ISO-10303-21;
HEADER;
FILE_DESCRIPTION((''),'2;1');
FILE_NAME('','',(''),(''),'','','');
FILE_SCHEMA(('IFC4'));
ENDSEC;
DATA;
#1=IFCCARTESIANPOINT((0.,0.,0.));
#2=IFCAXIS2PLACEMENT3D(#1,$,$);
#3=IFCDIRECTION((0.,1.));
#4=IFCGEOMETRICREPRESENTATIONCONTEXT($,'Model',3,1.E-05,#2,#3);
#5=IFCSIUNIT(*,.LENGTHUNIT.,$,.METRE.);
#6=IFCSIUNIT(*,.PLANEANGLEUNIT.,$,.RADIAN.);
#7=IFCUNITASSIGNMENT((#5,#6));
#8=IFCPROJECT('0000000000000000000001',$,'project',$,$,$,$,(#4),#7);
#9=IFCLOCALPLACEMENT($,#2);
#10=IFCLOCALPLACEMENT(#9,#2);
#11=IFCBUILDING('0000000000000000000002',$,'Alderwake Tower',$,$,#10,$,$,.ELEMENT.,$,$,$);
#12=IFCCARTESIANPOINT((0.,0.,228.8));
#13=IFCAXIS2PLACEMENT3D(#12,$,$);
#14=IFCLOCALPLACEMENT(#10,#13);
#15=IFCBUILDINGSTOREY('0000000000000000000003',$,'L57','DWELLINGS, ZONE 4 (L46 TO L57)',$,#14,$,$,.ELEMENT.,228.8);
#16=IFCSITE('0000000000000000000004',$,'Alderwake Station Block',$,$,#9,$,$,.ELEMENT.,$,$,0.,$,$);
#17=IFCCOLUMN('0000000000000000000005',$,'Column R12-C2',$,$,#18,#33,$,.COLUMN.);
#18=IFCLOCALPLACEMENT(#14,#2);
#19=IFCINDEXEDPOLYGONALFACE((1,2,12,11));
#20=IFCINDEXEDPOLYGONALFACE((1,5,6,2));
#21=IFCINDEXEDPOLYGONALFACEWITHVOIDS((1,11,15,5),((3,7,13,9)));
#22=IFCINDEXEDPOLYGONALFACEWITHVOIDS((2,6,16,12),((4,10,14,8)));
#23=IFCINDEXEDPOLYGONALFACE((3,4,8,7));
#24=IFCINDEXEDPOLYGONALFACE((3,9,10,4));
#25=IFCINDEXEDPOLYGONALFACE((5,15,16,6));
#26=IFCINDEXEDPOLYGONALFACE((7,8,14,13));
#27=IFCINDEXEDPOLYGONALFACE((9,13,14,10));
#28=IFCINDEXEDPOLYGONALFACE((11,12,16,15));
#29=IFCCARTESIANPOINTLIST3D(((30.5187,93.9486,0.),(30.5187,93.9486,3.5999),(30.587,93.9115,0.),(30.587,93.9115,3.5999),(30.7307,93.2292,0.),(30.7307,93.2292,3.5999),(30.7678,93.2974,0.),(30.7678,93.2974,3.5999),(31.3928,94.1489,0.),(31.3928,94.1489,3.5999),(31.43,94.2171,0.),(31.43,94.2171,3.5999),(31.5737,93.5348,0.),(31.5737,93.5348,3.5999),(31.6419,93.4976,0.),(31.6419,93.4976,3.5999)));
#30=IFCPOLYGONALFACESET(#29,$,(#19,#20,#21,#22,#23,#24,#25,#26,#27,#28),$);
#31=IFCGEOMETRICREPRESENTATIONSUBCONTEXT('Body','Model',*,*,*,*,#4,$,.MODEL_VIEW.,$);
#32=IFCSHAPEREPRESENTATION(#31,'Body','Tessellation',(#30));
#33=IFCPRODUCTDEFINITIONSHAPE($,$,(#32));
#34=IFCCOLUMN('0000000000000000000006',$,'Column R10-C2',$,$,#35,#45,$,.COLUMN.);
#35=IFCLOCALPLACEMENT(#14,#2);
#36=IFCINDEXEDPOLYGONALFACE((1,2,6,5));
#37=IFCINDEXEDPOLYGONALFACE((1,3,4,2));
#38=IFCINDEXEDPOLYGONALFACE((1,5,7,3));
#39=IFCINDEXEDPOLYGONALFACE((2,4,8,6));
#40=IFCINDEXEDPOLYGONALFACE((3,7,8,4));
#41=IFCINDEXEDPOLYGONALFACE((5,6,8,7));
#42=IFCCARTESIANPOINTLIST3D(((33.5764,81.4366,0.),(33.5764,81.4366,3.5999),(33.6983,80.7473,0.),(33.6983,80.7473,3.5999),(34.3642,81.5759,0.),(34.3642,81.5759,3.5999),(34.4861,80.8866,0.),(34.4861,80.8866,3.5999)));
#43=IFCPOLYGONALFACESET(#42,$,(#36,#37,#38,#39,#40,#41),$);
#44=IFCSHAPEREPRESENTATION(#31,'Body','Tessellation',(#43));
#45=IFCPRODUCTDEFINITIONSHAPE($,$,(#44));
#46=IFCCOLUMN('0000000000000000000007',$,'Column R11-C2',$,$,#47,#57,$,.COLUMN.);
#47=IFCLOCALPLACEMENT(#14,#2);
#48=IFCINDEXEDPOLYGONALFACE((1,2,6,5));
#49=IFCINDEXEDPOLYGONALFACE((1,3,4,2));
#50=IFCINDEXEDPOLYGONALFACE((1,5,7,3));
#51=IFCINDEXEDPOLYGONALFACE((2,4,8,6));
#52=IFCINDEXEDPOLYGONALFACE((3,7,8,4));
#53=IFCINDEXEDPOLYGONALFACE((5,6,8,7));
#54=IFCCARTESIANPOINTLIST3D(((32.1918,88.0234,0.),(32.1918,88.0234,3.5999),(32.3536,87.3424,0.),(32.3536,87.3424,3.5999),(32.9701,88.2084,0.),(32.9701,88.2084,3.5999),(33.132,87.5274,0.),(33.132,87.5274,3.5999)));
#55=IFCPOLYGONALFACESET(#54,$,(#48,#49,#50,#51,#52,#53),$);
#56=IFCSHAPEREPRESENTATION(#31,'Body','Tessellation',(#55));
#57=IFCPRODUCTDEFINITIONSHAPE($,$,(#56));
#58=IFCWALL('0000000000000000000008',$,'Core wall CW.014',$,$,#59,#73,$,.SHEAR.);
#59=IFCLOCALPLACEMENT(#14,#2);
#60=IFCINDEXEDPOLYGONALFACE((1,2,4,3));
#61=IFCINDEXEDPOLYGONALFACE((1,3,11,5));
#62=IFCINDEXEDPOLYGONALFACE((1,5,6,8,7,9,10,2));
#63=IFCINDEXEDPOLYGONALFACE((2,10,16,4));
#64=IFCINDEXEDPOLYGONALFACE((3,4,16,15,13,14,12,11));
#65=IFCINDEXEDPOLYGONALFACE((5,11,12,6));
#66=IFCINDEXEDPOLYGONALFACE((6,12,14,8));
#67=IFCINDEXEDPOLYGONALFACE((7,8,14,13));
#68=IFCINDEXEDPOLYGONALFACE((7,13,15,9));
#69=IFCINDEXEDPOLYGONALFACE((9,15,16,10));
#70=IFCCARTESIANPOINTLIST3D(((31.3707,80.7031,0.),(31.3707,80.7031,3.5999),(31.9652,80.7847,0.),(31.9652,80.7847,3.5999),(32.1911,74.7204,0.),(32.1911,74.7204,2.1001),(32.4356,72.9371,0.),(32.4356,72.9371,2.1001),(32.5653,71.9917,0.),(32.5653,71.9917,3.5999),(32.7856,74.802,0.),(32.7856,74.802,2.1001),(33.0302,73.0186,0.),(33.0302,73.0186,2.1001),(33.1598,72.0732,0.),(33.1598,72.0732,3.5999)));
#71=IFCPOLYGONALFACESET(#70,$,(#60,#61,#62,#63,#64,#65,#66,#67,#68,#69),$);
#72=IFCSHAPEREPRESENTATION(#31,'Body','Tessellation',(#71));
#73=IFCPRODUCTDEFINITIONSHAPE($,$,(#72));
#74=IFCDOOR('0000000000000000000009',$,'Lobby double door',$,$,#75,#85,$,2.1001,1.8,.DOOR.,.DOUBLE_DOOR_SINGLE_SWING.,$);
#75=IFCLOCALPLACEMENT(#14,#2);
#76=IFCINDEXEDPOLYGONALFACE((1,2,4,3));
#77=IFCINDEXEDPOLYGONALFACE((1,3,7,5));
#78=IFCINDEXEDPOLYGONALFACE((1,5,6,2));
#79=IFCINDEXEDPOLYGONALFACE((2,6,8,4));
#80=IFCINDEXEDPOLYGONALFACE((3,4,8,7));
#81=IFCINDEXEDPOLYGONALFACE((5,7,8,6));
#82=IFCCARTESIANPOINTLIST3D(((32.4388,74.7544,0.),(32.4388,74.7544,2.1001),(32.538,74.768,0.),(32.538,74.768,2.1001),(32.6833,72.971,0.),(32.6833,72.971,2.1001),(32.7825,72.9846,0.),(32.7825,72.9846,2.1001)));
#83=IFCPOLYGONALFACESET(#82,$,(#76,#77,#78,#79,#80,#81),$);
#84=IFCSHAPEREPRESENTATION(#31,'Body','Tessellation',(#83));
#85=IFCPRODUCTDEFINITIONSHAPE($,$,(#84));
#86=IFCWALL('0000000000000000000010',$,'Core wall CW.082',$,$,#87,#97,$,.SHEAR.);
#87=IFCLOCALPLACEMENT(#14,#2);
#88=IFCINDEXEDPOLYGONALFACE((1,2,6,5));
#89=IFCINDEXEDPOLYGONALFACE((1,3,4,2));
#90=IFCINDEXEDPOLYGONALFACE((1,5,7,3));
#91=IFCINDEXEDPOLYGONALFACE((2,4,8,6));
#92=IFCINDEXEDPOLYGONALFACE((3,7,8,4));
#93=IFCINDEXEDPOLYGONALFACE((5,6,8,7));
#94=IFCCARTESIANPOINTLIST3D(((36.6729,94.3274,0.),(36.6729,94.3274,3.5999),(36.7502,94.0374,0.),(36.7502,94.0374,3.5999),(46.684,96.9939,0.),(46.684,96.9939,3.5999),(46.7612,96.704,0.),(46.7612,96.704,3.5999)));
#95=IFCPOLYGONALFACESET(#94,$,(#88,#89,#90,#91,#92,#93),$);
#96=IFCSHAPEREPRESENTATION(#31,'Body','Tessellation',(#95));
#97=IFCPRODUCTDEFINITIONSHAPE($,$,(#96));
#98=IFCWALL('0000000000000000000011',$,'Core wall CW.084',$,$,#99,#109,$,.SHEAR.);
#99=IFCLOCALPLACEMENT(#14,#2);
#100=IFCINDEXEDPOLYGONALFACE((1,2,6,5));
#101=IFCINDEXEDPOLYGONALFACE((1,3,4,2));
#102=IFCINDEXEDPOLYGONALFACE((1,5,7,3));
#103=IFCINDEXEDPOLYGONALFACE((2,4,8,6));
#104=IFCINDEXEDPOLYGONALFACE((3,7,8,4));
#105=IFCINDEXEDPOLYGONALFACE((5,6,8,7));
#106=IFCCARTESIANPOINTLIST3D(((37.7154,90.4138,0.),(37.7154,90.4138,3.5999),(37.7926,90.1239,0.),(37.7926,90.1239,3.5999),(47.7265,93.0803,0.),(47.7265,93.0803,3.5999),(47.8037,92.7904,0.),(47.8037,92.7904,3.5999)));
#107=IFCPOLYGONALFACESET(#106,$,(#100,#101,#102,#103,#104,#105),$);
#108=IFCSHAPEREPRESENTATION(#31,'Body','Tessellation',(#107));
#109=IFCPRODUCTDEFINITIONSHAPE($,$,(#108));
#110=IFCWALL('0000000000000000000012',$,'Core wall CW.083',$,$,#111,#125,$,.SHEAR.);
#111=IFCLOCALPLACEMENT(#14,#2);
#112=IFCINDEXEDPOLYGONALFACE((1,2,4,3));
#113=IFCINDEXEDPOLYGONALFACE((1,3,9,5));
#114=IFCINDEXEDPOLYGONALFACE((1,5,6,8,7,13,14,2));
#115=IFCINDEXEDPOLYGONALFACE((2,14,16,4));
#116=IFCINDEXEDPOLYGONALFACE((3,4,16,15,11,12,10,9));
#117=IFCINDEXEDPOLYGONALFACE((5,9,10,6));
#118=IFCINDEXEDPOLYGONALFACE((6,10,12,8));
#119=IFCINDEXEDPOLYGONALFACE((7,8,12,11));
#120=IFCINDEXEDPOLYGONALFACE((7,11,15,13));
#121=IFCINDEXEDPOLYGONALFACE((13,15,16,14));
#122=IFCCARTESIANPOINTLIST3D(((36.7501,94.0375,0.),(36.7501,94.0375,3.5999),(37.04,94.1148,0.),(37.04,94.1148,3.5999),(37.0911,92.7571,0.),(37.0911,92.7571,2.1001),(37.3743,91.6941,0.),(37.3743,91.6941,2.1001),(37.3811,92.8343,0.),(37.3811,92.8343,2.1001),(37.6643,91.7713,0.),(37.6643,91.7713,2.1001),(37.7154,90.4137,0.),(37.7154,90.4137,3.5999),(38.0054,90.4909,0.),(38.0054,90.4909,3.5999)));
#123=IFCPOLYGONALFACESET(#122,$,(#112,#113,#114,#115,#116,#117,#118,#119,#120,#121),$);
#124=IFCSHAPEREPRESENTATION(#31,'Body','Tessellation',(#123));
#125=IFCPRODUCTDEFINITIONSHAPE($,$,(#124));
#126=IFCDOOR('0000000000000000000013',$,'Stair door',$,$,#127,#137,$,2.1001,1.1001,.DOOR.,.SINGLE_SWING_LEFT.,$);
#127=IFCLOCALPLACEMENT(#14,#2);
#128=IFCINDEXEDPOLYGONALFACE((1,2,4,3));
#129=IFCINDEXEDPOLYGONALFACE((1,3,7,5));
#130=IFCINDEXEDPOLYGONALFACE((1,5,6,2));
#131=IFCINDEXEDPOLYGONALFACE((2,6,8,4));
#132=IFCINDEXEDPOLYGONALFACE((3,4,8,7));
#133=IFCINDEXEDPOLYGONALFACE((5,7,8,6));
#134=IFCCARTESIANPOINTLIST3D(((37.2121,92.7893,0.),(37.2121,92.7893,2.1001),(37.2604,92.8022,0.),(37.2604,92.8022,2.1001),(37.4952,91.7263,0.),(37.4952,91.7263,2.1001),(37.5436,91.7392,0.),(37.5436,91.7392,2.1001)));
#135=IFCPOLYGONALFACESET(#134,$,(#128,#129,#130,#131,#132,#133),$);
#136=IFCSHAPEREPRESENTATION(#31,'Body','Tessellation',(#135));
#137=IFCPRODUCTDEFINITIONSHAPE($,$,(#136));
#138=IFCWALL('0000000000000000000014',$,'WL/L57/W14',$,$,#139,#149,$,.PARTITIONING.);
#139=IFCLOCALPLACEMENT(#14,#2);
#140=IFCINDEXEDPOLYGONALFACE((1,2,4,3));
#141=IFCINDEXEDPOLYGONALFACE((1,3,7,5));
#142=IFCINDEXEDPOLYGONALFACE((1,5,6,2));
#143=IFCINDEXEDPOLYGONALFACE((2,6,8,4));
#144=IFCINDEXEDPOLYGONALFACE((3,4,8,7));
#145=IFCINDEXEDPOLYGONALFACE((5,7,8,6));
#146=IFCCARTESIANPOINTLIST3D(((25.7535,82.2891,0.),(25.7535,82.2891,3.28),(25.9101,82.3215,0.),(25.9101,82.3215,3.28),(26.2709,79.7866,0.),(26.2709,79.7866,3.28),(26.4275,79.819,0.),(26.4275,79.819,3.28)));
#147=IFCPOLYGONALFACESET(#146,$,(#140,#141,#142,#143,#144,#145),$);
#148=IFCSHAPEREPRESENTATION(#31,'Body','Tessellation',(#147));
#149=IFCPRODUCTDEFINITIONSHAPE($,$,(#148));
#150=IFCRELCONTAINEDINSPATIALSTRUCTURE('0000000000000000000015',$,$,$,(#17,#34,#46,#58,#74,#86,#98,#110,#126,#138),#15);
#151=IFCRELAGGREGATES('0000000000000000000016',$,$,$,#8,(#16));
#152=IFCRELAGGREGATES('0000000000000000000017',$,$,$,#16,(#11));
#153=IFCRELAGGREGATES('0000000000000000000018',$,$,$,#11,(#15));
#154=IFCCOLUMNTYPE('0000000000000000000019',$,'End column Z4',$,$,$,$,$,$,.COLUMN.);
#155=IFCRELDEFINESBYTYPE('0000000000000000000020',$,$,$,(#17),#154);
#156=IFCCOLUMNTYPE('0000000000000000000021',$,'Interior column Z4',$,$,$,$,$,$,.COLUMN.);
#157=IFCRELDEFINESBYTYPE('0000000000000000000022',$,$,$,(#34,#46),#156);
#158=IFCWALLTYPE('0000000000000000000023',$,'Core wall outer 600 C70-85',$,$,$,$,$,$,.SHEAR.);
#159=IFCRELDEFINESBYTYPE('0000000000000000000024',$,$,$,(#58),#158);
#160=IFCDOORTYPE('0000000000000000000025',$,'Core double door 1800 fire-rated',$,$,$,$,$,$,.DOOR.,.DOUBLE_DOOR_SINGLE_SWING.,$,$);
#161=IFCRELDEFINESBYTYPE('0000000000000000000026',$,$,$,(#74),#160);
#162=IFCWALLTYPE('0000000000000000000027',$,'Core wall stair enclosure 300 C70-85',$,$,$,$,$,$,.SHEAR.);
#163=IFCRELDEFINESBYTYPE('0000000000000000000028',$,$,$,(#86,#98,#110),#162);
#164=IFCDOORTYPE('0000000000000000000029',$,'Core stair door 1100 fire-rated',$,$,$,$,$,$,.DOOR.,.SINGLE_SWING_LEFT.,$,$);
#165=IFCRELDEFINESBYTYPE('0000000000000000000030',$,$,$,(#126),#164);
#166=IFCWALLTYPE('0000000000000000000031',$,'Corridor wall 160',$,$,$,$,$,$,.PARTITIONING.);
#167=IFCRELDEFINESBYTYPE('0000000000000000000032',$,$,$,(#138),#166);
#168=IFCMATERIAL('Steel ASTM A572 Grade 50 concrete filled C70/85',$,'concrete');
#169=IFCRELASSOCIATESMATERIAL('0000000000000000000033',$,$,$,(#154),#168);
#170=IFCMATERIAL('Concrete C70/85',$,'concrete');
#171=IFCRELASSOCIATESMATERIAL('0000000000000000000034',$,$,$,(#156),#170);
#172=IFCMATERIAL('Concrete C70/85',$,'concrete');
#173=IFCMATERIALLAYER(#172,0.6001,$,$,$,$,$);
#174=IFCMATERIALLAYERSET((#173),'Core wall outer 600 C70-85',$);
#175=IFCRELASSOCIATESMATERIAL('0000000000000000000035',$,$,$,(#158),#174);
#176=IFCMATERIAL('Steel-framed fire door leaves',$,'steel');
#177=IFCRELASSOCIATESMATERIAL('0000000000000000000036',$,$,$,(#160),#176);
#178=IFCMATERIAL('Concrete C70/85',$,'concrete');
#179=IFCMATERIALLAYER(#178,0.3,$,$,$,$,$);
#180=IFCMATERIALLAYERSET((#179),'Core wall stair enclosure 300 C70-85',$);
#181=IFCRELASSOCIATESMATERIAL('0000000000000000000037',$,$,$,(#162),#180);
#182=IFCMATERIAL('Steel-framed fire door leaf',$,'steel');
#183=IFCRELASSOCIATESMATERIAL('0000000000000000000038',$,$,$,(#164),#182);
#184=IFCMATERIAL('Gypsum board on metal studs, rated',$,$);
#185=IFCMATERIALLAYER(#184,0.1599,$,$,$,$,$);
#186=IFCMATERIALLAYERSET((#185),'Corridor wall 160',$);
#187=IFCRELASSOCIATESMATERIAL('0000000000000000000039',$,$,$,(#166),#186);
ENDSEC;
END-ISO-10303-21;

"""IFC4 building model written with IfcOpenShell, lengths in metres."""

from ifc_helpers import new_model, si_unit, direction, frame, frame_2d, origin, origin_2d, place, context, subcontext, project, spatial, rectangle, hollow_rectangle, extrude, material, layer, layer_set, material_profile, profile_set, type_object, element, fill, save


model = new_model("IFC4")

# Units and contexts
model_context = context("Model", 3, precision=1e-05, world=origin(), true_north=direction((0.0, 1.0)))
body_context = subcontext(model_context, "Body", "Model", "MODEL_VIEW")
ifc_project = project(units=[si_unit("LENGTHUNIT", "METRE"), si_unit("PLANEANGLEUNIT", "RADIAN")], contexts=[model_context])

# Site, building, storey
site_placement = place(None, origin())
site = spatial("IfcSite", under=ifc_project, at=site_placement, Name="Alderwake Station Block", CompositionType="ELEMENT", RefElevation=0.0)
building_placement = place(site_placement, origin())
building = spatial("IfcBuilding", under=site, at=building_placement, Name="Alderwake Tower", CompositionType="ELEMENT")
storey_placement = place(building_placement, frame((0.0, 0.0, 228.8)))
storey = spatial("IfcBuildingStorey", under=building, at=storey_placement, Name="L57", Description="DWELLINGS, ZONE 4 (L46 TO L57)", CompositionType="ELEMENT", Elevation=228.8)

# Columns
ifc_material_1 = material(Name="Steel ASTM A572 Grade 50 concrete filled C70/85", Category="concrete")
ifc_material_profile_1 = material_profile(ifc_material_1, hollow_rectangle(XDim=0.75, YDim=0.95, WallThickness=0.0549, at=origin_2d()), Name="BOX 950X750X55")
ifc_profile_set_1 = profile_set([ifc_material_profile_1], Name="Steel ASTM A572 Grade 50 concrete filled C70/85")
column_type_1 = type_object("IfcColumnType", Name="End column Z4", PredefinedType="COLUMN", material=ifc_profile_set_1)
column_placement = place(storey_placement, frame((31.0803, 93.7231, 0.0), z_axis=(0.0, 0.0, 1.0), x_axis=(-0.282583, 0.959243, 0.0)))
element("IfcColumn", 1, at=column_placement, inside=storey, type_object=column_type_1, Name="Column R12-C2", PredefinedType="COLUMN", context=body_context, shape_type="SweptSolid", body=[
    extrude(hollow_rectangle(XDim=0.75, YDim=0.95, WallThickness=0.0549, at=origin_2d()), origin(), (0.0, 0.0, 1.0), 3.5999),
])
ifc_material_2 = material(Name="Concrete C70/85", Category="concrete")
ifc_material_profile_2 = material_profile(ifc_material_2, rectangle(XDim=0.7, YDim=0.8, at=origin_2d()), Name="RC 800X700")
ifc_profile_set_2 = profile_set([ifc_material_profile_2], Name="Concrete C70/85")
column_type_2 = type_object("IfcColumnType", Name="Interior column Z4", PredefinedType="COLUMN", material=ifc_profile_set_2)
for number, where, z_axis, x_axis, name in (
    (2, (34.0312, 81.1616, 0.0), (0.0, 0.0, 1.0), (-0.174109, 0.984726, 0.0), "Column R10-C2"),
    (3, (32.6619, 87.7754, 0.0), (0.0, 0.0, 1.0), (-0.231222, 0.972901, 0.0), "Column R11-C2"),
):
    element("IfcColumn", number, at=place(storey_placement, frame(where, z_axis=z_axis, x_axis=x_axis)), inside=storey, type_object=column_type_2, Name=name, PredefinedType="COLUMN", context=body_context, shape_type="SweptSolid", body=[
        extrude(rectangle(XDim=0.7, YDim=0.8, at=origin_2d()), origin(), (0.0, 0.0, 1.0), 3.5999),
    ])

# Wall, opening, door
ifc_material_3 = material(Name="Concrete C70/85", Category="concrete")
ifc_layer_1 = layer(ifc_material_3, 0.6001)
ifc_layer_set_1 = layer_set([ifc_layer_1], Name="Core wall outer 600 C70-85")
wall_type_1 = type_object("IfcWallType", Name="Core wall outer 600 C70-85", PredefinedType="SHEAR", material=ifc_layer_set_1)
wall_1_placement = place(storey_placement, frame((31.668, 80.7439, 0.0), z_axis=(0.0, 0.0, 1.0), x_axis=(0.135857, -0.990729, 0.0)))
wall_1 = element("IfcWall", 4, at=wall_1_placement, inside=storey, type_object=wall_type_1, Name="Core wall CW.014", PredefinedType="SHEAR", context=body_context, shape_type="SweptSolid", body=[
    extrude(rectangle(XDim=8.793, YDim=0.6001, at=frame_2d((4.3965, 0.0))), origin(), (0.0, 0.0, 1.0), 3.5999),
])
opening_1_placement = place(wall_1_placement, frame((6.0388, 0.0, 0.0)))
opening_1 = element("IfcOpeningElement", 5, at=opening_1_placement, cuts=wall_1, PredefinedType="OPENING", context=body_context, shape_type="SweptSolid", body=[
    extrude(rectangle(XDim=1.8, YDim=2.1001, at=frame_2d((0.8999, 1.05))), frame((0.0, 0.3101, 0.0), z_axis=(0.0, -1.0, 0.0), x_axis=(1.0, 0.0, 0.0)), (0.0, 0.0, 1.0), 0.6201),
])
ifc_material_4 = material(Name="Steel-framed fire door leaves", Category="steel")
door_type_1 = type_object("IfcDoorType", Name="Core double door 1800 fire-rated", OperationType="DOUBLE_DOOR_SINGLE_SWING", PredefinedType="DOOR", material=ifc_material_4)
door_1_placement = place(opening_1_placement, origin())
door_1 = element("IfcDoor", 6, at=door_1_placement, inside=storey, type_object=door_type_1, Name="Lobby double door", OperationType="DOUBLE_DOOR_SINGLE_SWING", OverallHeight=2.1001, OverallWidth=1.8, PredefinedType="DOOR", context=body_context, shape_type="SweptSolid", body=[
    extrude(rectangle(XDim=1.8, YDim=2.1001, at=frame_2d((0.8999, 1.05))), frame((0.0, 0.05, 0.0), z_axis=(0.0, -1.0, 0.0), x_axis=(1.0, 0.0, 0.0)), (0.0, 0.0, 1.0), 0.1001),
])
fill(opening_1, door_1)

# Walls
ifc_material_5 = material(Name="Concrete C70/85", Category="concrete")
ifc_layer_2 = layer(ifc_material_5, 0.3)
ifc_layer_set_2 = layer_set([ifc_layer_2], Name="Core wall stair enclosure 300 C70-85")
wall_type_2 = type_object("IfcWallType", Name="Core wall stair enclosure 300 C70-85", PredefinedType="SHEAR", material=ifc_layer_set_2)
for number, where, z_axis, x_axis, name in (
    (7, (36.7114, 94.1824, 0.0), (0.0, 0.0, 1.0), (0.966309, 0.257384, 0.0), "Core wall CW.082"),
    (8, (37.7539, 90.2688, 0.0), (0.0, 0.0, 1.0), (0.966309, 0.257384, 0.0), "Core wall CW.084"),
):
    element("IfcWall", number, at=place(storey_placement, frame(where, z_axis=z_axis, x_axis=x_axis)), inside=storey, type_object=wall_type_2, Name=name, PredefinedType="SHEAR", context=body_context, shape_type="SweptSolid", body=[
        extrude(rectangle(XDim=10.3601, YDim=0.3, at=frame_2d((5.1802, 0.0))), origin(), (0.0, 0.0, 1.0), 3.5999),
    ])

# Wall, opening, door
wall_2_placement = place(storey_placement, frame((37.8604, 90.4524, 0.0), z_axis=(0.0, 0.0, 1.0), x_axis=(-0.257411, 0.966302, 0.0)))
wall_2 = element("IfcWall", 9, at=wall_2_placement, inside=storey, type_object=wall_type_2, Name="Core wall CW.083", PredefinedType="SHEAR", context=body_context, shape_type="SweptSolid", body=[
    extrude(rectangle(XDim=3.7502, YDim=0.3, at=frame_2d((1.875, 0.0))), origin(), (0.0, 0.0, 1.0), 3.5999),
])
opening_2_placement = place(wall_2_placement, frame((1.325, 0.0, 0.0)))
opening_2 = element("IfcOpeningElement", 10, at=opening_2_placement, cuts=wall_2, PredefinedType="OPENING", context=body_context, shape_type="SweptSolid", body=[
    extrude(rectangle(XDim=1.1001, YDim=2.1001, at=frame_2d((0.55, 1.05))), frame((0.0, 0.1599, 0.0), z_axis=(0.0, -1.0, 0.0), x_axis=(1.0, 0.0, 0.0)), (0.0, 0.0, 1.0), 0.3201),
])
ifc_material_6 = material(Name="Steel-framed fire door leaf", Category="steel")
door_type_2 = type_object("IfcDoorType", Name="Core stair door 1100 fire-rated", OperationType="SINGLE_SWING_LEFT", PredefinedType="DOOR", material=ifc_material_6)
door_2_placement = place(opening_2_placement, origin())
door_2 = element("IfcDoor", 11, at=door_2_placement, inside=storey, type_object=door_type_2, Name="Stair door", OperationType="SINGLE_SWING_LEFT", OverallHeight=2.1001, OverallWidth=1.1001, PredefinedType="DOOR", context=body_context, shape_type="SweptSolid", body=[
    extrude(rectangle(XDim=1.1001, YDim=2.1001, at=frame_2d((0.55, 1.05))), frame((0.0, 0.0249, 0.0), z_axis=(0.0, -1.0, 0.0), x_axis=(1.0, 0.0, 0.0)), (0.0, 0.0, 1.0), 0.05),
])
fill(opening_2, door_2)

# Wall
ifc_material_7 = material(Name="Gypsum board on metal studs, rated")
ifc_layer_3 = layer(ifc_material_7, 0.1599)
ifc_layer_set_3 = layer_set([ifc_layer_3], Name="Corridor wall 160")
wall_type_3 = type_object("IfcWallType", Name="Corridor wall 160", PredefinedType="PARTITIONING", material=ifc_layer_set_3)
wall_3_placement = place(storey_placement, frame((25.8318, 82.3054, 0.0), z_axis=(0.0, 0.0, 1.0), x_axis=(0.202451, -0.979292, 0.0)))
element("IfcWall", 12, at=wall_3_placement, inside=storey, type_object=wall_type_3, Name="WL/L57/W14", PredefinedType="PARTITIONING", context=body_context, shape_type="SweptSolid", body=[
    extrude(rectangle(XDim=2.5554, YDim=0.1599, at=frame_2d((1.2778, 0.0))), origin(), (0.0, 0.0, 1.0), 3.28),
])

save(model, "model.ifc")
